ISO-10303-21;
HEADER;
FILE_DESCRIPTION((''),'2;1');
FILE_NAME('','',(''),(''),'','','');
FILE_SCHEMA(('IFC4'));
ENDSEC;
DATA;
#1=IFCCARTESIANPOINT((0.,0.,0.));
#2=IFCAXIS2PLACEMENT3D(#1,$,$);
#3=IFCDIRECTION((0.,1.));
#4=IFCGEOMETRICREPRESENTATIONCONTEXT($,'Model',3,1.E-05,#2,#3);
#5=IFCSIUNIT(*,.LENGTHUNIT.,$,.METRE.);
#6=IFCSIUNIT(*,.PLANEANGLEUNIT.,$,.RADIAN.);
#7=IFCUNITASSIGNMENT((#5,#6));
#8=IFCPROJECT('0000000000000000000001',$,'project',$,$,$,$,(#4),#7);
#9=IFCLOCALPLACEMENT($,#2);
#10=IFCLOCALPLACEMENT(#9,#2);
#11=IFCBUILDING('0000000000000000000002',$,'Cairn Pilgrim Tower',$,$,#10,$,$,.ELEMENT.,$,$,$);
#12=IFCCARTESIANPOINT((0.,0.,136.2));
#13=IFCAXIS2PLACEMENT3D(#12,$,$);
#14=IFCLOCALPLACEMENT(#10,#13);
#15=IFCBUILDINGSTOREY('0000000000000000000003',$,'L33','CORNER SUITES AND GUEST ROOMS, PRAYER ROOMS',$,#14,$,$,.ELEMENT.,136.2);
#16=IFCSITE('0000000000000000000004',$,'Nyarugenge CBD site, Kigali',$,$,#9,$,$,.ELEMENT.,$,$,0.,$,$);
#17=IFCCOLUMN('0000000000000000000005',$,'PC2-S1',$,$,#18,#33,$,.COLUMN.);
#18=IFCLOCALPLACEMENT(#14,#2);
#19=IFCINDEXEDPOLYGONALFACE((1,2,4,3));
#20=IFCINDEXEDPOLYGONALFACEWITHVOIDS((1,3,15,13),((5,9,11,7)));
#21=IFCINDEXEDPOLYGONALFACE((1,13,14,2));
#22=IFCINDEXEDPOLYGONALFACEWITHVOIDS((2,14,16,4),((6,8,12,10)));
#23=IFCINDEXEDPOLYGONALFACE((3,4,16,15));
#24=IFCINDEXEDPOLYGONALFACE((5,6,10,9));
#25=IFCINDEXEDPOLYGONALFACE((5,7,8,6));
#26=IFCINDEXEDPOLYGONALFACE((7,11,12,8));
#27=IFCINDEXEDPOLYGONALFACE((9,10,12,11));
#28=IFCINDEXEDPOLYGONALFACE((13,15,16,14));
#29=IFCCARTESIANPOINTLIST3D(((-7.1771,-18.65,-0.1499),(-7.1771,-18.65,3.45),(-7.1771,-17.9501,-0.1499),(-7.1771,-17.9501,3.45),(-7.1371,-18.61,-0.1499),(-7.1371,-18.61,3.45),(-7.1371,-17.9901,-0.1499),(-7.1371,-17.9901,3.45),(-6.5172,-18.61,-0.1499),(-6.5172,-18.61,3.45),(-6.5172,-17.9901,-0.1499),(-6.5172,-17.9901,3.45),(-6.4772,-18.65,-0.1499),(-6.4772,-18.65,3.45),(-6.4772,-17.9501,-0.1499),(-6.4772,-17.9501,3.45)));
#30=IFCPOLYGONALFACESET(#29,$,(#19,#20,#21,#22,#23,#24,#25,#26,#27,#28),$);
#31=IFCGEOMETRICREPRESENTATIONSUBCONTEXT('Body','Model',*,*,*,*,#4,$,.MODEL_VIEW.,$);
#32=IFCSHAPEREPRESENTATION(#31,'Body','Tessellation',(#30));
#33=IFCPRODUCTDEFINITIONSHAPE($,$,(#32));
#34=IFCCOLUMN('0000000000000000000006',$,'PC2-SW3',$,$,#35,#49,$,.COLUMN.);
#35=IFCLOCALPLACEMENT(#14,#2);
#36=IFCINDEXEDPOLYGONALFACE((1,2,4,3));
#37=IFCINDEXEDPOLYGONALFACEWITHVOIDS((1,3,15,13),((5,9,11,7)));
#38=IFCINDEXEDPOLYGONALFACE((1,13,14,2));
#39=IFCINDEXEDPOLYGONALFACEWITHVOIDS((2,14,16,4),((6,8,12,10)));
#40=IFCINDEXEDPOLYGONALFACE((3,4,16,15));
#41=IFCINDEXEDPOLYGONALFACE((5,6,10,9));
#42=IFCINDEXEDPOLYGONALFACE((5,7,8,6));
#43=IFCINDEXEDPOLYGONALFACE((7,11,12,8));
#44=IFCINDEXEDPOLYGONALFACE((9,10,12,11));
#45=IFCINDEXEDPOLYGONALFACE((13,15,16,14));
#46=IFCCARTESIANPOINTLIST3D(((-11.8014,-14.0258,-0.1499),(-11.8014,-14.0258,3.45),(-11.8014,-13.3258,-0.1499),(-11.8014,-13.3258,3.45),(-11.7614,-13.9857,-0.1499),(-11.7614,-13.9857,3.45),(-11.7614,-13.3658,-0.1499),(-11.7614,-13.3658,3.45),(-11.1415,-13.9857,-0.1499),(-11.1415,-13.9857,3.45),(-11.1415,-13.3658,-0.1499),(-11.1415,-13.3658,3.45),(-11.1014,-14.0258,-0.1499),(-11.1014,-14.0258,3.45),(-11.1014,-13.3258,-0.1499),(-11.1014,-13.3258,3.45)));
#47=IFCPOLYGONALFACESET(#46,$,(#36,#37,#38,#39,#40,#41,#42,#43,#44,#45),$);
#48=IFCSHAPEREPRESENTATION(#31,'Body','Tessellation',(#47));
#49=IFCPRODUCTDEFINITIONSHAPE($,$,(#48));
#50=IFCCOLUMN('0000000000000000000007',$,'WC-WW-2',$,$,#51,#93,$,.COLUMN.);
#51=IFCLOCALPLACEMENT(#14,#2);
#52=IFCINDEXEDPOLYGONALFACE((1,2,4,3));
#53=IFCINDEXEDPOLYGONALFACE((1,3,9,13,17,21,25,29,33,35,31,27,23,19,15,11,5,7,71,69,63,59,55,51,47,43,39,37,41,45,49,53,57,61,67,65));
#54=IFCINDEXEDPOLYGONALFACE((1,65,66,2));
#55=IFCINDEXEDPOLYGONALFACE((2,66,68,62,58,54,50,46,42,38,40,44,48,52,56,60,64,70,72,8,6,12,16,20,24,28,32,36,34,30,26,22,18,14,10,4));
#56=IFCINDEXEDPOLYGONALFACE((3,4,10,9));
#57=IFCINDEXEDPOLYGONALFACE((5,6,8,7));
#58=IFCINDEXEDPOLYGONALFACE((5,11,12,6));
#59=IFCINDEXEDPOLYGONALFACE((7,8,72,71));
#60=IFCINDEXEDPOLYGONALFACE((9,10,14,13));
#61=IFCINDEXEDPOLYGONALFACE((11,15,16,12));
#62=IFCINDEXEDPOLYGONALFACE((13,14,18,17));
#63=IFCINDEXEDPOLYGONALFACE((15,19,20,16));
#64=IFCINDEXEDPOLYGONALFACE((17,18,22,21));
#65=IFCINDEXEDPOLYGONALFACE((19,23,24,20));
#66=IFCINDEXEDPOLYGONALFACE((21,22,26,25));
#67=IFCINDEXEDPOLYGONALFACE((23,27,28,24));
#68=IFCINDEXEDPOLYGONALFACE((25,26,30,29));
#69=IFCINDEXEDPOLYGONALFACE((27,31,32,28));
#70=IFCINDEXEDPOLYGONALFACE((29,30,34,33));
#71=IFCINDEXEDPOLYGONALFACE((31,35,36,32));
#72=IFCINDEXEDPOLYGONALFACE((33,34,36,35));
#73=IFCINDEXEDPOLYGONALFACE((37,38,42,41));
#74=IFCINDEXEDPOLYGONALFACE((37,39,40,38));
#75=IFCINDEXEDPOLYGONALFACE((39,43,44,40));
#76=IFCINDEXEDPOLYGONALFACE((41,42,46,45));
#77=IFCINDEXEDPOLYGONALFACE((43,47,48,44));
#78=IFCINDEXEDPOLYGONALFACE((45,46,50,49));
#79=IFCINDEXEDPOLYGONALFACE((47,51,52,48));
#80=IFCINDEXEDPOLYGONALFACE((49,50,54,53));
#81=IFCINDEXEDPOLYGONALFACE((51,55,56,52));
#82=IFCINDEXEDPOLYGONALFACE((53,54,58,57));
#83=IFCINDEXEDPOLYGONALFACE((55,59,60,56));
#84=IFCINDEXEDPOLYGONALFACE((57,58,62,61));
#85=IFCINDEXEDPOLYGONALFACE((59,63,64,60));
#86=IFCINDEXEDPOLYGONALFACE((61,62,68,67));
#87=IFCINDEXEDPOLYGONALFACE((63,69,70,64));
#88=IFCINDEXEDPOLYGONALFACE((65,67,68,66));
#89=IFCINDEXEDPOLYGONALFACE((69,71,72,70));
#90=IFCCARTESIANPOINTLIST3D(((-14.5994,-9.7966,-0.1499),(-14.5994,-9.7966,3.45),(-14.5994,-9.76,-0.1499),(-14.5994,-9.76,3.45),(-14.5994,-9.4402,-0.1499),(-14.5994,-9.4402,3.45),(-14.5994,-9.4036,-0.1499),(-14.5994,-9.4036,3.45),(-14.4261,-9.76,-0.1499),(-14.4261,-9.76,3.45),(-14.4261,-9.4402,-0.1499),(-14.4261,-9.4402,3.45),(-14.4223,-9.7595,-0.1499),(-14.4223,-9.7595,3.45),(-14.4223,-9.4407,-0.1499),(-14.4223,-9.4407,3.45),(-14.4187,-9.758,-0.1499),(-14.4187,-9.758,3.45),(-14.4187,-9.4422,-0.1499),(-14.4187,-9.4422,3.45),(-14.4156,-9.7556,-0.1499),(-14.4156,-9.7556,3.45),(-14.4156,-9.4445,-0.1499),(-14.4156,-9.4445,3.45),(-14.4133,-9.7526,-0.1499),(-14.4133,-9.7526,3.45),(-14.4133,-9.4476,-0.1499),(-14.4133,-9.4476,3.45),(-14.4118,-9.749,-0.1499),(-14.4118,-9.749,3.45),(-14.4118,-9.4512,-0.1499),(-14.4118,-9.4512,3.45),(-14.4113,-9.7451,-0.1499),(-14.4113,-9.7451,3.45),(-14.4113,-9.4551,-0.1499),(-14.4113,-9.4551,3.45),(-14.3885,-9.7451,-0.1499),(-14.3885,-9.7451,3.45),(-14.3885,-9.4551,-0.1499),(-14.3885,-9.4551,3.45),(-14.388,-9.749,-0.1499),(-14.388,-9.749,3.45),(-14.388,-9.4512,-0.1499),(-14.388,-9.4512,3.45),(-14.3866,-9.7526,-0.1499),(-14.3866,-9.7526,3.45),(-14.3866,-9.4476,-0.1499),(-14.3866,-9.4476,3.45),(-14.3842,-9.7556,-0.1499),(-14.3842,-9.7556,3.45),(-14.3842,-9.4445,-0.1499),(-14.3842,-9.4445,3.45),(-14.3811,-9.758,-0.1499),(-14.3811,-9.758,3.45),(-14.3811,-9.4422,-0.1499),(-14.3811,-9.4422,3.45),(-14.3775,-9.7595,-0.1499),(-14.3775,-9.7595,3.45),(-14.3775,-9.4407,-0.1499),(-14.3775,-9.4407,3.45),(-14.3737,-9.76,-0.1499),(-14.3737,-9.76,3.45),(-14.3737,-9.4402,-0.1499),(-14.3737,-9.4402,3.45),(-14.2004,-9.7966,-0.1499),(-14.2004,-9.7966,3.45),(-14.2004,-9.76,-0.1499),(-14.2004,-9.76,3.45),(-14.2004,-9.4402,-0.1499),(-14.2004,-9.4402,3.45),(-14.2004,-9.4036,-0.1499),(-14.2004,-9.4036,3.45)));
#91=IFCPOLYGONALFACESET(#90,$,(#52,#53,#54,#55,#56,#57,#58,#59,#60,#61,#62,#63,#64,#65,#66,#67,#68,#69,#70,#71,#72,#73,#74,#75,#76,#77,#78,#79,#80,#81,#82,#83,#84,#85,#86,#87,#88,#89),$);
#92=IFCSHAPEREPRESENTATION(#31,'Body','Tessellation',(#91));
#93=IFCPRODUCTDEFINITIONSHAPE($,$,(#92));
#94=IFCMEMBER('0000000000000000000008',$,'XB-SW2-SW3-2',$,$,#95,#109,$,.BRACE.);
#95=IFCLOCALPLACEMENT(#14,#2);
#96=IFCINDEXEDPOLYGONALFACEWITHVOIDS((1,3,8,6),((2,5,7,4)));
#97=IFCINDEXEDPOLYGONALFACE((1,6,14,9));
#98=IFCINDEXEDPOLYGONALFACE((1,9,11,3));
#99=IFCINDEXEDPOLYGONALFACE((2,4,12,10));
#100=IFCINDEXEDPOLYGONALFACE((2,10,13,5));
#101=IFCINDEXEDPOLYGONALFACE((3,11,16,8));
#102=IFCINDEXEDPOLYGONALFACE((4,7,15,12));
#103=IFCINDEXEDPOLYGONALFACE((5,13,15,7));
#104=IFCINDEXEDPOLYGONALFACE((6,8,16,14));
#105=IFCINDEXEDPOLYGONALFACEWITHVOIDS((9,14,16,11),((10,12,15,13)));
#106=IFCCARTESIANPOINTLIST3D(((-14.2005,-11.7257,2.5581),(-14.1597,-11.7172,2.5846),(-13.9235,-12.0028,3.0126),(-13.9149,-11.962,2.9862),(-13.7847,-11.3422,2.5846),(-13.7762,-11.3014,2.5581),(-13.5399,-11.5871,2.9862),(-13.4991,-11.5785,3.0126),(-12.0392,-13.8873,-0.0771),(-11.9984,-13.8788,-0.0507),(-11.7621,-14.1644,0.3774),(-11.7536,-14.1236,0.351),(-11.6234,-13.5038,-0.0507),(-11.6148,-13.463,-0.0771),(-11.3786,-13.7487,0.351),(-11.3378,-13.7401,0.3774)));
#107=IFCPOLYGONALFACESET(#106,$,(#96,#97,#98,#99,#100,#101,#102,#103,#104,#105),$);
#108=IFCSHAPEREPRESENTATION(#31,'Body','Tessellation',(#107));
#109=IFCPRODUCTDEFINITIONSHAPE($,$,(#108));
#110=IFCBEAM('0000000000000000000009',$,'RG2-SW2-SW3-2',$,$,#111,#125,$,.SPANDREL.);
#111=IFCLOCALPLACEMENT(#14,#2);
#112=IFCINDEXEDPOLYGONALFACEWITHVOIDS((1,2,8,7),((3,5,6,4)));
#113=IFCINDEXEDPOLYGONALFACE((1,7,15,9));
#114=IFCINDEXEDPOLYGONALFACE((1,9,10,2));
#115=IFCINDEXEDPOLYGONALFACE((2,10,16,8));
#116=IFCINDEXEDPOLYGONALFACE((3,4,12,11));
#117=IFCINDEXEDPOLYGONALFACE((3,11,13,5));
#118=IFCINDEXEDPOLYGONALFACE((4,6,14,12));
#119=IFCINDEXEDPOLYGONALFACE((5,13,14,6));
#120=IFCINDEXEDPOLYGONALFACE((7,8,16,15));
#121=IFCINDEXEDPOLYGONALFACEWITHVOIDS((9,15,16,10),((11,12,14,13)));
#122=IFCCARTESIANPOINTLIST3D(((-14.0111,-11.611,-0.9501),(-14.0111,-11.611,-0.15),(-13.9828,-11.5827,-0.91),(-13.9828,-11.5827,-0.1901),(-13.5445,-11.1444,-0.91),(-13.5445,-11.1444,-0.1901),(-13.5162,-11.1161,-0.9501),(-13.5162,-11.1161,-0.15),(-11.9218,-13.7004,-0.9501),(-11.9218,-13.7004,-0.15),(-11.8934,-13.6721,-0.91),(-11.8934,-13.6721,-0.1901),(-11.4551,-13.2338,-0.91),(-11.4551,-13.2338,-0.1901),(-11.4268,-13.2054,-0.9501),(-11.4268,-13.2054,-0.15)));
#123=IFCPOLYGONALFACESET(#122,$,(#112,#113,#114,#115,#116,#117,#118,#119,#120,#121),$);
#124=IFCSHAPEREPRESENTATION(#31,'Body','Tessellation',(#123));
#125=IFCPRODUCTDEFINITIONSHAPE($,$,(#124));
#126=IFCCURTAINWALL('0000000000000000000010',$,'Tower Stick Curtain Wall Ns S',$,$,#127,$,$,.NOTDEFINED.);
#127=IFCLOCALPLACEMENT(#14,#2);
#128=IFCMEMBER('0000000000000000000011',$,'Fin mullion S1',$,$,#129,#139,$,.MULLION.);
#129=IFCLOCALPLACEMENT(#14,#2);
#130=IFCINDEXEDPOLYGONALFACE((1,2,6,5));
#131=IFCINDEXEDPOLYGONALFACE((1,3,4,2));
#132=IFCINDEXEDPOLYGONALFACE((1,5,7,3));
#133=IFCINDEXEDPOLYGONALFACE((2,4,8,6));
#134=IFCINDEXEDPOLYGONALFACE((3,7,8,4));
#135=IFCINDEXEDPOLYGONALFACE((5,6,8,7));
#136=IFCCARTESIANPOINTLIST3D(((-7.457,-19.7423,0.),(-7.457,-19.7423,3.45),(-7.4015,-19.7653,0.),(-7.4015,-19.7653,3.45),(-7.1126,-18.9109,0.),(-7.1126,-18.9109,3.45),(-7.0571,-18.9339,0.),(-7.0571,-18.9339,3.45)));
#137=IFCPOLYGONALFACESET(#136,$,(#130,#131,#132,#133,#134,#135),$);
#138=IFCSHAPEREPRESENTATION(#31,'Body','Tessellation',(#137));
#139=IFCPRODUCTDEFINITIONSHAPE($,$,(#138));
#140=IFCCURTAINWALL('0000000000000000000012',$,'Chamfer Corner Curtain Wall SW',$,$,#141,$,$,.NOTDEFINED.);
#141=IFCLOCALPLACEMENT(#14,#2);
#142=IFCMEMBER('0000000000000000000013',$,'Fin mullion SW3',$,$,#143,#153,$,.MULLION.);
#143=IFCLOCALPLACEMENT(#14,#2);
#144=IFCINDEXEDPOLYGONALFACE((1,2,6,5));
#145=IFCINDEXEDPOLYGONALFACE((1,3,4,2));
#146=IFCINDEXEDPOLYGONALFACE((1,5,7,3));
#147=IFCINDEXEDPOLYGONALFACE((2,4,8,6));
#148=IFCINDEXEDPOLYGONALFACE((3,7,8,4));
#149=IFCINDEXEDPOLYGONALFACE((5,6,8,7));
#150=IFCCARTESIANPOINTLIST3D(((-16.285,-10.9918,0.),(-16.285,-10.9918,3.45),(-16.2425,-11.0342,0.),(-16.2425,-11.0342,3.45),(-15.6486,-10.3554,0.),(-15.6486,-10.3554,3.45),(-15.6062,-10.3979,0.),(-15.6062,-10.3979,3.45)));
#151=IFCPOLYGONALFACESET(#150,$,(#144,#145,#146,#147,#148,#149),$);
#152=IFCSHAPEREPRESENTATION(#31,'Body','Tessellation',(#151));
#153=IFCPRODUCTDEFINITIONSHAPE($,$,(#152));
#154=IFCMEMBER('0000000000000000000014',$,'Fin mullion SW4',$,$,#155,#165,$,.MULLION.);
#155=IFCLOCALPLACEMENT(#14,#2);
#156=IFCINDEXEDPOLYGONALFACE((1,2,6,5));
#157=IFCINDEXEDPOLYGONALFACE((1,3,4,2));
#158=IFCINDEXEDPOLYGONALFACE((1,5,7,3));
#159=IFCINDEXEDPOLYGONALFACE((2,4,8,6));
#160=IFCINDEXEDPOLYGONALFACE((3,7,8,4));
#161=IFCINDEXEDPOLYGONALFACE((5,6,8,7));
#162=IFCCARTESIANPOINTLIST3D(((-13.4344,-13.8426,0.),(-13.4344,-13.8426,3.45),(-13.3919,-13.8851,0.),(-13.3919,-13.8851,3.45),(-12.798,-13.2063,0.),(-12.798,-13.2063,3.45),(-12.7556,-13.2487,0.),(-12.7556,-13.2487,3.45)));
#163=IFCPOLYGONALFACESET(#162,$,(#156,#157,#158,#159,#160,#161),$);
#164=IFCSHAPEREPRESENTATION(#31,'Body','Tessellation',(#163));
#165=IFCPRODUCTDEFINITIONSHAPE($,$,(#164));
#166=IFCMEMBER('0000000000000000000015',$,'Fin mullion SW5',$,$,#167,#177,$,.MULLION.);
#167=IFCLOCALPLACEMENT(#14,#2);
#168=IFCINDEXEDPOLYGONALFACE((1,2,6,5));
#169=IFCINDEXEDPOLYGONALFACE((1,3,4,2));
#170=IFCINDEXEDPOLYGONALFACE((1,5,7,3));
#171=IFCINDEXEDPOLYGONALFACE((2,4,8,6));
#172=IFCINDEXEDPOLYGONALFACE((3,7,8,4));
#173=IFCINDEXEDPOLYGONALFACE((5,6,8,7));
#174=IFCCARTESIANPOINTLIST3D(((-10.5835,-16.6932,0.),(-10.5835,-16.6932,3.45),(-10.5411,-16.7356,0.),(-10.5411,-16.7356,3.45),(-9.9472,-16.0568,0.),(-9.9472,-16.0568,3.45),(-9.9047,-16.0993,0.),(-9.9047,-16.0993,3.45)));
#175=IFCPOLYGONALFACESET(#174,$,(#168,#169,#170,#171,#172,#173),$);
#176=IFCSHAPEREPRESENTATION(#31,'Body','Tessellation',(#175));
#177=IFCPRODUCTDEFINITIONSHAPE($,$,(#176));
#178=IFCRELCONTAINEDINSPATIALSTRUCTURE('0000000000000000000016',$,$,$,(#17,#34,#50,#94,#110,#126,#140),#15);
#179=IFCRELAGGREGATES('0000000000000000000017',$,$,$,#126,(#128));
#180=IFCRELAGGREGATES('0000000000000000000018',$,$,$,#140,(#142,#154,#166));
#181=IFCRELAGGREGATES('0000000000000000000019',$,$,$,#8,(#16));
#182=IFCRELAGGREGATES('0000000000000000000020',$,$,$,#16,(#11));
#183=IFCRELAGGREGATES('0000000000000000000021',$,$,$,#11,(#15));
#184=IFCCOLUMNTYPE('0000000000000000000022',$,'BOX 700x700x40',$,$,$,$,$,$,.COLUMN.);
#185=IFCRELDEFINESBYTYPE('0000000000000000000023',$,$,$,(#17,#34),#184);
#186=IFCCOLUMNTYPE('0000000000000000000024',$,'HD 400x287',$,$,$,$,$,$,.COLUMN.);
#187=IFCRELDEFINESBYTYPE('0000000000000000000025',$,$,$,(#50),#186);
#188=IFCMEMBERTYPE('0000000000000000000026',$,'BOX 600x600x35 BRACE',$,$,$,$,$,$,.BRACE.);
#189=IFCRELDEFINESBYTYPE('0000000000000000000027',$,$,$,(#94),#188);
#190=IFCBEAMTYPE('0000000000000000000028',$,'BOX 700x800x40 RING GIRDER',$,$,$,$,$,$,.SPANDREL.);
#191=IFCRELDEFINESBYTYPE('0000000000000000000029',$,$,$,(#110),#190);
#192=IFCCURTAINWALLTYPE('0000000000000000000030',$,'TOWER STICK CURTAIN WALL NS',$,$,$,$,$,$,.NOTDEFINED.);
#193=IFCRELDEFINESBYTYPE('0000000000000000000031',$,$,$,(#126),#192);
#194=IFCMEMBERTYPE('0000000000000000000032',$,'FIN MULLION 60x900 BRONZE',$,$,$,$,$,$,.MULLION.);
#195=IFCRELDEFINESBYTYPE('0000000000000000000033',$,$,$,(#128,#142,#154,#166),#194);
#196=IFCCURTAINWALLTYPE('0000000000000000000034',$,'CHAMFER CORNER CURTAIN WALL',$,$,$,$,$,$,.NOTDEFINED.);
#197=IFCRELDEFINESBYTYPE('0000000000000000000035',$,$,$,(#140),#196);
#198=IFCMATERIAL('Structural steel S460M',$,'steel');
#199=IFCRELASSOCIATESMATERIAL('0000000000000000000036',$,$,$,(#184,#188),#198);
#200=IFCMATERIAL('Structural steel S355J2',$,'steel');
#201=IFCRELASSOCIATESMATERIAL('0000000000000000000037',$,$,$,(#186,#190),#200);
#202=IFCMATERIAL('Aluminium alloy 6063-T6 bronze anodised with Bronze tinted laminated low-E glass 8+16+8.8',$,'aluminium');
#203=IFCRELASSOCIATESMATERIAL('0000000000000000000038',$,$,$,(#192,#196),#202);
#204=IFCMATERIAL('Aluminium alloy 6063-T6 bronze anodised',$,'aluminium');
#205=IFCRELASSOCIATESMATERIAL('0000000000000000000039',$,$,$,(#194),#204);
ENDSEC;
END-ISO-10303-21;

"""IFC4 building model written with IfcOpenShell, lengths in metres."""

from ifc_helpers import new_model, si_unit, direction, frame, origin, origin_2d, place, context, subcontext, project, spatial, rectangle, hollow_rectangle, i_section, extrude, material, material_profile, profile_set, type_object, element, aggregate, save


model = new_model("IFC4")

# Units and contexts
model_context = context("Model", 3, precision=1e-05, world=origin(), true_north=direction((0.0, 1.0)))
body_context = subcontext(model_context, "Body", "Model", "MODEL_VIEW")
ifc_project = project(units=[si_unit("LENGTHUNIT", "METRE"), si_unit("PLANEANGLEUNIT", "RADIAN")], contexts=[model_context])

# Site, building, storey
site_placement = place(None, origin())
site = spatial("IfcSite", under=ifc_project, at=site_placement, Name="Nyarugenge CBD site, Kigali", CompositionType="ELEMENT", RefElevation=0.0)
building_placement = place(site_placement, origin())
building = spatial("IfcBuilding", under=site, at=building_placement, Name="Cairn Pilgrim Tower", CompositionType="ELEMENT")
storey_placement = place(building_placement, frame((0.0, 0.0, 136.2)))
storey = spatial("IfcBuildingStorey", under=building, at=storey_placement, Name="L33", Description="CORNER SUITES AND GUEST ROOMS, PRAYER ROOMS", CompositionType="ELEMENT", Elevation=136.2)

# Columns
ifc_material_1 = material(Name="Structural steel S460M", Category="steel")
ifc_material_profile_1 = material_profile(ifc_material_1, hollow_rectangle(XDim=0.7, YDim=0.7, WallThickness=0.04, at=origin_2d()), Name="BOX 700x700x40")
ifc_profile_set_1 = profile_set([ifc_material_profile_1], Name="Structural steel S460M")
column_type_1 = type_object("IfcColumnType", Name="BOX 700x700x40", PredefinedType="COLUMN", material=ifc_profile_set_1)
for number, where, z_axis, x_axis, name in (
    (1, (-6.8271, -18.3, -0.1499), (0.0, 0.0, 1.0), (1.0, 0.0, 0.0), "PC2-S1"),
    (2, (-11.4514, -13.6758, -0.1499), (0.0, 0.0, 1.0), (1.0, 0.0, 0.0), "PC2-SW3"),
):
    element("IfcColumn", number, at=place(storey_placement, frame(where, z_axis=z_axis, x_axis=x_axis)), inside=storey, type_object=column_type_1, Name=name, PredefinedType="COLUMN", context=body_context, shape_type="SweptSolid", body=[
        extrude(hollow_rectangle(XDim=0.7, YDim=0.7, WallThickness=0.04, at=origin_2d()), origin(), (0.0, 0.0, 1.0), 3.5999),
    ])
ifc_material_2 = material(Name="Structural steel S355J2", Category="steel")
ifc_material_profile_2 = material_profile(ifc_material_2, i_section(OverallWidth=0.3989, OverallDepth=0.3931, WebThickness=0.0227, FlangeThickness=0.0366, FilletRadius=0.0149, at=origin_2d()), Name="HD 400x287")
ifc_profile_set_2 = profile_set([ifc_material_profile_2], Name="Structural steel S355J2")
column_type_2 = type_object("IfcColumnType", Name="HD 400x287", PredefinedType="COLUMN", material=ifc_profile_set_2)
column_placement = place(storey_placement, frame((-14.3999, -9.6001, -0.1499), z_axis=(0.0, 0.0, 1.0), x_axis=(1.0, 0.0, 0.0)))
element("IfcColumn", 3, at=column_placement, inside=storey, type_object=column_type_2, Name="WC-WW-2", PredefinedType="COLUMN", context=body_context, shape_type="SweptSolid", body=[
    extrude(i_section(OverallWidth=0.3989, OverallDepth=0.3931, WebThickness=0.0227, FlangeThickness=0.0366, FilletRadius=0.0149, at=origin_2d()), origin(), (0.0, 0.0, 1.0), 3.5999),
])

# Member
ifc_material_profile_3 = material_profile(ifc_material_1, hollow_rectangle(XDim=0.6001, YDim=0.6001, WallThickness=0.0349, at=origin_2d()), Name="BOX 600x600x35")
ifc_profile_set_3 = profile_set([ifc_material_profile_3], Name="Structural steel S460M")
member_type_1 = type_object("IfcMemberType", Name="BOX 600x600x35 BRACE", PredefinedType="BRACE", material=ifc_profile_set_3)
member_1_placement = place(storey_placement, frame((-11.6885, -13.8137, 0.1501), z_axis=(-0.535534, 0.535594, 0.652949), x_axis=(-0.707147, -0.707067, 0.0)))
element("IfcMember", 4, at=member_1_placement, inside=storey, type_object=member_type_1, Name="XB-SW2-SW3-2", PredefinedType="BRACE", context=body_context, shape_type="SweptSolid", body=[
    extrude(hollow_rectangle(XDim=0.6001, YDim=0.6001, WallThickness=0.0349, at=origin_2d()), origin(), (0.0, 0.0, 1.0), 4.0359),
])

# Beam
ifc_material_profile_4 = material_profile(ifc_material_2, hollow_rectangle(XDim=0.7, YDim=0.8, WallThickness=0.04, at=origin_2d()), Name="BOX 700x800x40")
ifc_profile_set_4 = profile_set([ifc_material_profile_4], Name="Structural steel S355J2")
beam_type_1 = type_object("IfcBeamType", Name="BOX 700x800x40 RING GIRDER", PredefinedType="SPANDREL", material=ifc_profile_set_4)
beam_1_placement = place(storey_placement, frame((-13.7637, -11.3635, -0.55), z_axis=(0.707107, -0.707107, 0.0), x_axis=(0.707107, 0.707107, 0.0)))
element("IfcBeam", 5, at=beam_1_placement, inside=storey, type_object=beam_type_1, Name="RG2-SW2-SW3-2", PredefinedType="SPANDREL", context=body_context, shape_type="SweptSolid", body=[
    extrude(hollow_rectangle(XDim=0.7, YDim=0.8, WallThickness=0.04, at=origin_2d()), origin(), (0.0, 0.0, 1.0), 2.9548),
])

# Curtain wall, member
ifc_material_3 = material(Name="Aluminium alloy 6063-T6 bronze anodised with Bronze tinted laminated low-E glass 8+16+8.8", Category="aluminium")
curtain_wall_type_1 = type_object("IfcCurtainWallType", Name="TOWER STICK CURTAIN WALL NS", PredefinedType="NOTDEFINED", material=ifc_material_3)
curtain_wall_1_placement = place(storey_placement, origin())
curtain_wall_1 = element("IfcCurtainWall", 6, at=curtain_wall_1_placement, inside=storey, type_object=curtain_wall_type_1, Name="Tower Stick Curtain Wall Ns S", PredefinedType="NOTDEFINED")
ifc_material_4 = material(Name="Aluminium alloy 6063-T6 bronze anodised", Category="aluminium")
ifc_material_profile_5 = material_profile(ifc_material_4, rectangle(XDim=0.8999, YDim=0.0601, at=origin_2d()), Name="FIN MULLION 60x900 BRONZE")
ifc_profile_set_5 = profile_set([ifc_material_profile_5], Name="Aluminium alloy 6063-T6 bronze anodised")
member_type_2 = type_object("IfcMemberType", Name="FIN MULLION 60x900 BRONZE", PredefinedType="MULLION", material=ifc_profile_set_5)
member_2_placement = place(storey_placement, frame((-7.2571, -19.3381, 0.0), z_axis=(0.0, 0.0, 1.0), x_axis=(-0.382683, -0.92388, 0.0)))
member_2 = element("IfcMember", 7, at=member_2_placement, type_object=member_type_2, Name="Fin mullion S1", PredefinedType="MULLION", context=body_context, shape_type="SweptSolid", body=[
    extrude(rectangle(XDim=0.8999, YDim=0.0601, at=origin_2d()), origin(), (0.0, 0.0, 1.0), 3.45),
])
aggregate(curtain_wall_1, [member_2])

# Curtain wall, members
curtain_wall_type_2 = type_object("IfcCurtainWallType", Name="CHAMFER CORNER CURTAIN WALL", PredefinedType="NOTDEFINED", material=ifc_material_3)
curtain_wall_2_placement = place(storey_placement, origin())
curtain_wall_2 = element("IfcCurtainWall", 8, at=curtain_wall_2_placement, inside=storey, type_object=curtain_wall_type_2, Name="Chamfer Corner Curtain Wall SW", PredefinedType="NOTDEFINED")
member_3_placement = place(storey_placement, frame((-15.9456, -10.6948, 0.0), z_axis=(0.0, 0.0, 1.0), x_axis=(-0.707107, -0.707107, 0.0)))
member_3 = element("IfcMember", 9, at=member_3_placement, type_object=member_type_2, Name="Fin mullion SW3", PredefinedType="MULLION", context=body_context, shape_type="SweptSolid", body=[
    extrude(rectangle(XDim=0.8999, YDim=0.0601, at=origin_2d()), origin(), (0.0, 0.0, 1.0), 3.45),
])
member_4_placement = place(storey_placement, frame((-13.095, -13.5457, 0.0), z_axis=(0.0, 0.0, 1.0), x_axis=(-0.707107, -0.707107, 0.0)))
member_4 = element("IfcMember", 10, at=member_4_placement, type_object=member_type_2, Name="Fin mullion SW4", PredefinedType="MULLION", context=body_context, shape_type="SweptSolid", body=[
    extrude(rectangle(XDim=0.8999, YDim=0.0601, at=origin_2d()), origin(), (0.0, 0.0, 1.0), 3.45),
])
member_5_placement = place(storey_placement, frame((-10.2441, -16.3962, 0.0), z_axis=(0.0, 0.0, 1.0), x_axis=(-0.707107, -0.707107, 0.0)))
member_5 = element("IfcMember", 11, at=member_5_placement, type_object=member_type_2, Name="Fin mullion SW5", PredefinedType="MULLION", context=body_context, shape_type="SweptSolid", body=[
    extrude(rectangle(XDim=0.8999, YDim=0.0601, at=origin_2d()), origin(), (0.0, 0.0, 1.0), 3.45),
])

aggregate(curtain_wall_2, [member_3, member_4, member_5])

save(model, "model.ifc")
